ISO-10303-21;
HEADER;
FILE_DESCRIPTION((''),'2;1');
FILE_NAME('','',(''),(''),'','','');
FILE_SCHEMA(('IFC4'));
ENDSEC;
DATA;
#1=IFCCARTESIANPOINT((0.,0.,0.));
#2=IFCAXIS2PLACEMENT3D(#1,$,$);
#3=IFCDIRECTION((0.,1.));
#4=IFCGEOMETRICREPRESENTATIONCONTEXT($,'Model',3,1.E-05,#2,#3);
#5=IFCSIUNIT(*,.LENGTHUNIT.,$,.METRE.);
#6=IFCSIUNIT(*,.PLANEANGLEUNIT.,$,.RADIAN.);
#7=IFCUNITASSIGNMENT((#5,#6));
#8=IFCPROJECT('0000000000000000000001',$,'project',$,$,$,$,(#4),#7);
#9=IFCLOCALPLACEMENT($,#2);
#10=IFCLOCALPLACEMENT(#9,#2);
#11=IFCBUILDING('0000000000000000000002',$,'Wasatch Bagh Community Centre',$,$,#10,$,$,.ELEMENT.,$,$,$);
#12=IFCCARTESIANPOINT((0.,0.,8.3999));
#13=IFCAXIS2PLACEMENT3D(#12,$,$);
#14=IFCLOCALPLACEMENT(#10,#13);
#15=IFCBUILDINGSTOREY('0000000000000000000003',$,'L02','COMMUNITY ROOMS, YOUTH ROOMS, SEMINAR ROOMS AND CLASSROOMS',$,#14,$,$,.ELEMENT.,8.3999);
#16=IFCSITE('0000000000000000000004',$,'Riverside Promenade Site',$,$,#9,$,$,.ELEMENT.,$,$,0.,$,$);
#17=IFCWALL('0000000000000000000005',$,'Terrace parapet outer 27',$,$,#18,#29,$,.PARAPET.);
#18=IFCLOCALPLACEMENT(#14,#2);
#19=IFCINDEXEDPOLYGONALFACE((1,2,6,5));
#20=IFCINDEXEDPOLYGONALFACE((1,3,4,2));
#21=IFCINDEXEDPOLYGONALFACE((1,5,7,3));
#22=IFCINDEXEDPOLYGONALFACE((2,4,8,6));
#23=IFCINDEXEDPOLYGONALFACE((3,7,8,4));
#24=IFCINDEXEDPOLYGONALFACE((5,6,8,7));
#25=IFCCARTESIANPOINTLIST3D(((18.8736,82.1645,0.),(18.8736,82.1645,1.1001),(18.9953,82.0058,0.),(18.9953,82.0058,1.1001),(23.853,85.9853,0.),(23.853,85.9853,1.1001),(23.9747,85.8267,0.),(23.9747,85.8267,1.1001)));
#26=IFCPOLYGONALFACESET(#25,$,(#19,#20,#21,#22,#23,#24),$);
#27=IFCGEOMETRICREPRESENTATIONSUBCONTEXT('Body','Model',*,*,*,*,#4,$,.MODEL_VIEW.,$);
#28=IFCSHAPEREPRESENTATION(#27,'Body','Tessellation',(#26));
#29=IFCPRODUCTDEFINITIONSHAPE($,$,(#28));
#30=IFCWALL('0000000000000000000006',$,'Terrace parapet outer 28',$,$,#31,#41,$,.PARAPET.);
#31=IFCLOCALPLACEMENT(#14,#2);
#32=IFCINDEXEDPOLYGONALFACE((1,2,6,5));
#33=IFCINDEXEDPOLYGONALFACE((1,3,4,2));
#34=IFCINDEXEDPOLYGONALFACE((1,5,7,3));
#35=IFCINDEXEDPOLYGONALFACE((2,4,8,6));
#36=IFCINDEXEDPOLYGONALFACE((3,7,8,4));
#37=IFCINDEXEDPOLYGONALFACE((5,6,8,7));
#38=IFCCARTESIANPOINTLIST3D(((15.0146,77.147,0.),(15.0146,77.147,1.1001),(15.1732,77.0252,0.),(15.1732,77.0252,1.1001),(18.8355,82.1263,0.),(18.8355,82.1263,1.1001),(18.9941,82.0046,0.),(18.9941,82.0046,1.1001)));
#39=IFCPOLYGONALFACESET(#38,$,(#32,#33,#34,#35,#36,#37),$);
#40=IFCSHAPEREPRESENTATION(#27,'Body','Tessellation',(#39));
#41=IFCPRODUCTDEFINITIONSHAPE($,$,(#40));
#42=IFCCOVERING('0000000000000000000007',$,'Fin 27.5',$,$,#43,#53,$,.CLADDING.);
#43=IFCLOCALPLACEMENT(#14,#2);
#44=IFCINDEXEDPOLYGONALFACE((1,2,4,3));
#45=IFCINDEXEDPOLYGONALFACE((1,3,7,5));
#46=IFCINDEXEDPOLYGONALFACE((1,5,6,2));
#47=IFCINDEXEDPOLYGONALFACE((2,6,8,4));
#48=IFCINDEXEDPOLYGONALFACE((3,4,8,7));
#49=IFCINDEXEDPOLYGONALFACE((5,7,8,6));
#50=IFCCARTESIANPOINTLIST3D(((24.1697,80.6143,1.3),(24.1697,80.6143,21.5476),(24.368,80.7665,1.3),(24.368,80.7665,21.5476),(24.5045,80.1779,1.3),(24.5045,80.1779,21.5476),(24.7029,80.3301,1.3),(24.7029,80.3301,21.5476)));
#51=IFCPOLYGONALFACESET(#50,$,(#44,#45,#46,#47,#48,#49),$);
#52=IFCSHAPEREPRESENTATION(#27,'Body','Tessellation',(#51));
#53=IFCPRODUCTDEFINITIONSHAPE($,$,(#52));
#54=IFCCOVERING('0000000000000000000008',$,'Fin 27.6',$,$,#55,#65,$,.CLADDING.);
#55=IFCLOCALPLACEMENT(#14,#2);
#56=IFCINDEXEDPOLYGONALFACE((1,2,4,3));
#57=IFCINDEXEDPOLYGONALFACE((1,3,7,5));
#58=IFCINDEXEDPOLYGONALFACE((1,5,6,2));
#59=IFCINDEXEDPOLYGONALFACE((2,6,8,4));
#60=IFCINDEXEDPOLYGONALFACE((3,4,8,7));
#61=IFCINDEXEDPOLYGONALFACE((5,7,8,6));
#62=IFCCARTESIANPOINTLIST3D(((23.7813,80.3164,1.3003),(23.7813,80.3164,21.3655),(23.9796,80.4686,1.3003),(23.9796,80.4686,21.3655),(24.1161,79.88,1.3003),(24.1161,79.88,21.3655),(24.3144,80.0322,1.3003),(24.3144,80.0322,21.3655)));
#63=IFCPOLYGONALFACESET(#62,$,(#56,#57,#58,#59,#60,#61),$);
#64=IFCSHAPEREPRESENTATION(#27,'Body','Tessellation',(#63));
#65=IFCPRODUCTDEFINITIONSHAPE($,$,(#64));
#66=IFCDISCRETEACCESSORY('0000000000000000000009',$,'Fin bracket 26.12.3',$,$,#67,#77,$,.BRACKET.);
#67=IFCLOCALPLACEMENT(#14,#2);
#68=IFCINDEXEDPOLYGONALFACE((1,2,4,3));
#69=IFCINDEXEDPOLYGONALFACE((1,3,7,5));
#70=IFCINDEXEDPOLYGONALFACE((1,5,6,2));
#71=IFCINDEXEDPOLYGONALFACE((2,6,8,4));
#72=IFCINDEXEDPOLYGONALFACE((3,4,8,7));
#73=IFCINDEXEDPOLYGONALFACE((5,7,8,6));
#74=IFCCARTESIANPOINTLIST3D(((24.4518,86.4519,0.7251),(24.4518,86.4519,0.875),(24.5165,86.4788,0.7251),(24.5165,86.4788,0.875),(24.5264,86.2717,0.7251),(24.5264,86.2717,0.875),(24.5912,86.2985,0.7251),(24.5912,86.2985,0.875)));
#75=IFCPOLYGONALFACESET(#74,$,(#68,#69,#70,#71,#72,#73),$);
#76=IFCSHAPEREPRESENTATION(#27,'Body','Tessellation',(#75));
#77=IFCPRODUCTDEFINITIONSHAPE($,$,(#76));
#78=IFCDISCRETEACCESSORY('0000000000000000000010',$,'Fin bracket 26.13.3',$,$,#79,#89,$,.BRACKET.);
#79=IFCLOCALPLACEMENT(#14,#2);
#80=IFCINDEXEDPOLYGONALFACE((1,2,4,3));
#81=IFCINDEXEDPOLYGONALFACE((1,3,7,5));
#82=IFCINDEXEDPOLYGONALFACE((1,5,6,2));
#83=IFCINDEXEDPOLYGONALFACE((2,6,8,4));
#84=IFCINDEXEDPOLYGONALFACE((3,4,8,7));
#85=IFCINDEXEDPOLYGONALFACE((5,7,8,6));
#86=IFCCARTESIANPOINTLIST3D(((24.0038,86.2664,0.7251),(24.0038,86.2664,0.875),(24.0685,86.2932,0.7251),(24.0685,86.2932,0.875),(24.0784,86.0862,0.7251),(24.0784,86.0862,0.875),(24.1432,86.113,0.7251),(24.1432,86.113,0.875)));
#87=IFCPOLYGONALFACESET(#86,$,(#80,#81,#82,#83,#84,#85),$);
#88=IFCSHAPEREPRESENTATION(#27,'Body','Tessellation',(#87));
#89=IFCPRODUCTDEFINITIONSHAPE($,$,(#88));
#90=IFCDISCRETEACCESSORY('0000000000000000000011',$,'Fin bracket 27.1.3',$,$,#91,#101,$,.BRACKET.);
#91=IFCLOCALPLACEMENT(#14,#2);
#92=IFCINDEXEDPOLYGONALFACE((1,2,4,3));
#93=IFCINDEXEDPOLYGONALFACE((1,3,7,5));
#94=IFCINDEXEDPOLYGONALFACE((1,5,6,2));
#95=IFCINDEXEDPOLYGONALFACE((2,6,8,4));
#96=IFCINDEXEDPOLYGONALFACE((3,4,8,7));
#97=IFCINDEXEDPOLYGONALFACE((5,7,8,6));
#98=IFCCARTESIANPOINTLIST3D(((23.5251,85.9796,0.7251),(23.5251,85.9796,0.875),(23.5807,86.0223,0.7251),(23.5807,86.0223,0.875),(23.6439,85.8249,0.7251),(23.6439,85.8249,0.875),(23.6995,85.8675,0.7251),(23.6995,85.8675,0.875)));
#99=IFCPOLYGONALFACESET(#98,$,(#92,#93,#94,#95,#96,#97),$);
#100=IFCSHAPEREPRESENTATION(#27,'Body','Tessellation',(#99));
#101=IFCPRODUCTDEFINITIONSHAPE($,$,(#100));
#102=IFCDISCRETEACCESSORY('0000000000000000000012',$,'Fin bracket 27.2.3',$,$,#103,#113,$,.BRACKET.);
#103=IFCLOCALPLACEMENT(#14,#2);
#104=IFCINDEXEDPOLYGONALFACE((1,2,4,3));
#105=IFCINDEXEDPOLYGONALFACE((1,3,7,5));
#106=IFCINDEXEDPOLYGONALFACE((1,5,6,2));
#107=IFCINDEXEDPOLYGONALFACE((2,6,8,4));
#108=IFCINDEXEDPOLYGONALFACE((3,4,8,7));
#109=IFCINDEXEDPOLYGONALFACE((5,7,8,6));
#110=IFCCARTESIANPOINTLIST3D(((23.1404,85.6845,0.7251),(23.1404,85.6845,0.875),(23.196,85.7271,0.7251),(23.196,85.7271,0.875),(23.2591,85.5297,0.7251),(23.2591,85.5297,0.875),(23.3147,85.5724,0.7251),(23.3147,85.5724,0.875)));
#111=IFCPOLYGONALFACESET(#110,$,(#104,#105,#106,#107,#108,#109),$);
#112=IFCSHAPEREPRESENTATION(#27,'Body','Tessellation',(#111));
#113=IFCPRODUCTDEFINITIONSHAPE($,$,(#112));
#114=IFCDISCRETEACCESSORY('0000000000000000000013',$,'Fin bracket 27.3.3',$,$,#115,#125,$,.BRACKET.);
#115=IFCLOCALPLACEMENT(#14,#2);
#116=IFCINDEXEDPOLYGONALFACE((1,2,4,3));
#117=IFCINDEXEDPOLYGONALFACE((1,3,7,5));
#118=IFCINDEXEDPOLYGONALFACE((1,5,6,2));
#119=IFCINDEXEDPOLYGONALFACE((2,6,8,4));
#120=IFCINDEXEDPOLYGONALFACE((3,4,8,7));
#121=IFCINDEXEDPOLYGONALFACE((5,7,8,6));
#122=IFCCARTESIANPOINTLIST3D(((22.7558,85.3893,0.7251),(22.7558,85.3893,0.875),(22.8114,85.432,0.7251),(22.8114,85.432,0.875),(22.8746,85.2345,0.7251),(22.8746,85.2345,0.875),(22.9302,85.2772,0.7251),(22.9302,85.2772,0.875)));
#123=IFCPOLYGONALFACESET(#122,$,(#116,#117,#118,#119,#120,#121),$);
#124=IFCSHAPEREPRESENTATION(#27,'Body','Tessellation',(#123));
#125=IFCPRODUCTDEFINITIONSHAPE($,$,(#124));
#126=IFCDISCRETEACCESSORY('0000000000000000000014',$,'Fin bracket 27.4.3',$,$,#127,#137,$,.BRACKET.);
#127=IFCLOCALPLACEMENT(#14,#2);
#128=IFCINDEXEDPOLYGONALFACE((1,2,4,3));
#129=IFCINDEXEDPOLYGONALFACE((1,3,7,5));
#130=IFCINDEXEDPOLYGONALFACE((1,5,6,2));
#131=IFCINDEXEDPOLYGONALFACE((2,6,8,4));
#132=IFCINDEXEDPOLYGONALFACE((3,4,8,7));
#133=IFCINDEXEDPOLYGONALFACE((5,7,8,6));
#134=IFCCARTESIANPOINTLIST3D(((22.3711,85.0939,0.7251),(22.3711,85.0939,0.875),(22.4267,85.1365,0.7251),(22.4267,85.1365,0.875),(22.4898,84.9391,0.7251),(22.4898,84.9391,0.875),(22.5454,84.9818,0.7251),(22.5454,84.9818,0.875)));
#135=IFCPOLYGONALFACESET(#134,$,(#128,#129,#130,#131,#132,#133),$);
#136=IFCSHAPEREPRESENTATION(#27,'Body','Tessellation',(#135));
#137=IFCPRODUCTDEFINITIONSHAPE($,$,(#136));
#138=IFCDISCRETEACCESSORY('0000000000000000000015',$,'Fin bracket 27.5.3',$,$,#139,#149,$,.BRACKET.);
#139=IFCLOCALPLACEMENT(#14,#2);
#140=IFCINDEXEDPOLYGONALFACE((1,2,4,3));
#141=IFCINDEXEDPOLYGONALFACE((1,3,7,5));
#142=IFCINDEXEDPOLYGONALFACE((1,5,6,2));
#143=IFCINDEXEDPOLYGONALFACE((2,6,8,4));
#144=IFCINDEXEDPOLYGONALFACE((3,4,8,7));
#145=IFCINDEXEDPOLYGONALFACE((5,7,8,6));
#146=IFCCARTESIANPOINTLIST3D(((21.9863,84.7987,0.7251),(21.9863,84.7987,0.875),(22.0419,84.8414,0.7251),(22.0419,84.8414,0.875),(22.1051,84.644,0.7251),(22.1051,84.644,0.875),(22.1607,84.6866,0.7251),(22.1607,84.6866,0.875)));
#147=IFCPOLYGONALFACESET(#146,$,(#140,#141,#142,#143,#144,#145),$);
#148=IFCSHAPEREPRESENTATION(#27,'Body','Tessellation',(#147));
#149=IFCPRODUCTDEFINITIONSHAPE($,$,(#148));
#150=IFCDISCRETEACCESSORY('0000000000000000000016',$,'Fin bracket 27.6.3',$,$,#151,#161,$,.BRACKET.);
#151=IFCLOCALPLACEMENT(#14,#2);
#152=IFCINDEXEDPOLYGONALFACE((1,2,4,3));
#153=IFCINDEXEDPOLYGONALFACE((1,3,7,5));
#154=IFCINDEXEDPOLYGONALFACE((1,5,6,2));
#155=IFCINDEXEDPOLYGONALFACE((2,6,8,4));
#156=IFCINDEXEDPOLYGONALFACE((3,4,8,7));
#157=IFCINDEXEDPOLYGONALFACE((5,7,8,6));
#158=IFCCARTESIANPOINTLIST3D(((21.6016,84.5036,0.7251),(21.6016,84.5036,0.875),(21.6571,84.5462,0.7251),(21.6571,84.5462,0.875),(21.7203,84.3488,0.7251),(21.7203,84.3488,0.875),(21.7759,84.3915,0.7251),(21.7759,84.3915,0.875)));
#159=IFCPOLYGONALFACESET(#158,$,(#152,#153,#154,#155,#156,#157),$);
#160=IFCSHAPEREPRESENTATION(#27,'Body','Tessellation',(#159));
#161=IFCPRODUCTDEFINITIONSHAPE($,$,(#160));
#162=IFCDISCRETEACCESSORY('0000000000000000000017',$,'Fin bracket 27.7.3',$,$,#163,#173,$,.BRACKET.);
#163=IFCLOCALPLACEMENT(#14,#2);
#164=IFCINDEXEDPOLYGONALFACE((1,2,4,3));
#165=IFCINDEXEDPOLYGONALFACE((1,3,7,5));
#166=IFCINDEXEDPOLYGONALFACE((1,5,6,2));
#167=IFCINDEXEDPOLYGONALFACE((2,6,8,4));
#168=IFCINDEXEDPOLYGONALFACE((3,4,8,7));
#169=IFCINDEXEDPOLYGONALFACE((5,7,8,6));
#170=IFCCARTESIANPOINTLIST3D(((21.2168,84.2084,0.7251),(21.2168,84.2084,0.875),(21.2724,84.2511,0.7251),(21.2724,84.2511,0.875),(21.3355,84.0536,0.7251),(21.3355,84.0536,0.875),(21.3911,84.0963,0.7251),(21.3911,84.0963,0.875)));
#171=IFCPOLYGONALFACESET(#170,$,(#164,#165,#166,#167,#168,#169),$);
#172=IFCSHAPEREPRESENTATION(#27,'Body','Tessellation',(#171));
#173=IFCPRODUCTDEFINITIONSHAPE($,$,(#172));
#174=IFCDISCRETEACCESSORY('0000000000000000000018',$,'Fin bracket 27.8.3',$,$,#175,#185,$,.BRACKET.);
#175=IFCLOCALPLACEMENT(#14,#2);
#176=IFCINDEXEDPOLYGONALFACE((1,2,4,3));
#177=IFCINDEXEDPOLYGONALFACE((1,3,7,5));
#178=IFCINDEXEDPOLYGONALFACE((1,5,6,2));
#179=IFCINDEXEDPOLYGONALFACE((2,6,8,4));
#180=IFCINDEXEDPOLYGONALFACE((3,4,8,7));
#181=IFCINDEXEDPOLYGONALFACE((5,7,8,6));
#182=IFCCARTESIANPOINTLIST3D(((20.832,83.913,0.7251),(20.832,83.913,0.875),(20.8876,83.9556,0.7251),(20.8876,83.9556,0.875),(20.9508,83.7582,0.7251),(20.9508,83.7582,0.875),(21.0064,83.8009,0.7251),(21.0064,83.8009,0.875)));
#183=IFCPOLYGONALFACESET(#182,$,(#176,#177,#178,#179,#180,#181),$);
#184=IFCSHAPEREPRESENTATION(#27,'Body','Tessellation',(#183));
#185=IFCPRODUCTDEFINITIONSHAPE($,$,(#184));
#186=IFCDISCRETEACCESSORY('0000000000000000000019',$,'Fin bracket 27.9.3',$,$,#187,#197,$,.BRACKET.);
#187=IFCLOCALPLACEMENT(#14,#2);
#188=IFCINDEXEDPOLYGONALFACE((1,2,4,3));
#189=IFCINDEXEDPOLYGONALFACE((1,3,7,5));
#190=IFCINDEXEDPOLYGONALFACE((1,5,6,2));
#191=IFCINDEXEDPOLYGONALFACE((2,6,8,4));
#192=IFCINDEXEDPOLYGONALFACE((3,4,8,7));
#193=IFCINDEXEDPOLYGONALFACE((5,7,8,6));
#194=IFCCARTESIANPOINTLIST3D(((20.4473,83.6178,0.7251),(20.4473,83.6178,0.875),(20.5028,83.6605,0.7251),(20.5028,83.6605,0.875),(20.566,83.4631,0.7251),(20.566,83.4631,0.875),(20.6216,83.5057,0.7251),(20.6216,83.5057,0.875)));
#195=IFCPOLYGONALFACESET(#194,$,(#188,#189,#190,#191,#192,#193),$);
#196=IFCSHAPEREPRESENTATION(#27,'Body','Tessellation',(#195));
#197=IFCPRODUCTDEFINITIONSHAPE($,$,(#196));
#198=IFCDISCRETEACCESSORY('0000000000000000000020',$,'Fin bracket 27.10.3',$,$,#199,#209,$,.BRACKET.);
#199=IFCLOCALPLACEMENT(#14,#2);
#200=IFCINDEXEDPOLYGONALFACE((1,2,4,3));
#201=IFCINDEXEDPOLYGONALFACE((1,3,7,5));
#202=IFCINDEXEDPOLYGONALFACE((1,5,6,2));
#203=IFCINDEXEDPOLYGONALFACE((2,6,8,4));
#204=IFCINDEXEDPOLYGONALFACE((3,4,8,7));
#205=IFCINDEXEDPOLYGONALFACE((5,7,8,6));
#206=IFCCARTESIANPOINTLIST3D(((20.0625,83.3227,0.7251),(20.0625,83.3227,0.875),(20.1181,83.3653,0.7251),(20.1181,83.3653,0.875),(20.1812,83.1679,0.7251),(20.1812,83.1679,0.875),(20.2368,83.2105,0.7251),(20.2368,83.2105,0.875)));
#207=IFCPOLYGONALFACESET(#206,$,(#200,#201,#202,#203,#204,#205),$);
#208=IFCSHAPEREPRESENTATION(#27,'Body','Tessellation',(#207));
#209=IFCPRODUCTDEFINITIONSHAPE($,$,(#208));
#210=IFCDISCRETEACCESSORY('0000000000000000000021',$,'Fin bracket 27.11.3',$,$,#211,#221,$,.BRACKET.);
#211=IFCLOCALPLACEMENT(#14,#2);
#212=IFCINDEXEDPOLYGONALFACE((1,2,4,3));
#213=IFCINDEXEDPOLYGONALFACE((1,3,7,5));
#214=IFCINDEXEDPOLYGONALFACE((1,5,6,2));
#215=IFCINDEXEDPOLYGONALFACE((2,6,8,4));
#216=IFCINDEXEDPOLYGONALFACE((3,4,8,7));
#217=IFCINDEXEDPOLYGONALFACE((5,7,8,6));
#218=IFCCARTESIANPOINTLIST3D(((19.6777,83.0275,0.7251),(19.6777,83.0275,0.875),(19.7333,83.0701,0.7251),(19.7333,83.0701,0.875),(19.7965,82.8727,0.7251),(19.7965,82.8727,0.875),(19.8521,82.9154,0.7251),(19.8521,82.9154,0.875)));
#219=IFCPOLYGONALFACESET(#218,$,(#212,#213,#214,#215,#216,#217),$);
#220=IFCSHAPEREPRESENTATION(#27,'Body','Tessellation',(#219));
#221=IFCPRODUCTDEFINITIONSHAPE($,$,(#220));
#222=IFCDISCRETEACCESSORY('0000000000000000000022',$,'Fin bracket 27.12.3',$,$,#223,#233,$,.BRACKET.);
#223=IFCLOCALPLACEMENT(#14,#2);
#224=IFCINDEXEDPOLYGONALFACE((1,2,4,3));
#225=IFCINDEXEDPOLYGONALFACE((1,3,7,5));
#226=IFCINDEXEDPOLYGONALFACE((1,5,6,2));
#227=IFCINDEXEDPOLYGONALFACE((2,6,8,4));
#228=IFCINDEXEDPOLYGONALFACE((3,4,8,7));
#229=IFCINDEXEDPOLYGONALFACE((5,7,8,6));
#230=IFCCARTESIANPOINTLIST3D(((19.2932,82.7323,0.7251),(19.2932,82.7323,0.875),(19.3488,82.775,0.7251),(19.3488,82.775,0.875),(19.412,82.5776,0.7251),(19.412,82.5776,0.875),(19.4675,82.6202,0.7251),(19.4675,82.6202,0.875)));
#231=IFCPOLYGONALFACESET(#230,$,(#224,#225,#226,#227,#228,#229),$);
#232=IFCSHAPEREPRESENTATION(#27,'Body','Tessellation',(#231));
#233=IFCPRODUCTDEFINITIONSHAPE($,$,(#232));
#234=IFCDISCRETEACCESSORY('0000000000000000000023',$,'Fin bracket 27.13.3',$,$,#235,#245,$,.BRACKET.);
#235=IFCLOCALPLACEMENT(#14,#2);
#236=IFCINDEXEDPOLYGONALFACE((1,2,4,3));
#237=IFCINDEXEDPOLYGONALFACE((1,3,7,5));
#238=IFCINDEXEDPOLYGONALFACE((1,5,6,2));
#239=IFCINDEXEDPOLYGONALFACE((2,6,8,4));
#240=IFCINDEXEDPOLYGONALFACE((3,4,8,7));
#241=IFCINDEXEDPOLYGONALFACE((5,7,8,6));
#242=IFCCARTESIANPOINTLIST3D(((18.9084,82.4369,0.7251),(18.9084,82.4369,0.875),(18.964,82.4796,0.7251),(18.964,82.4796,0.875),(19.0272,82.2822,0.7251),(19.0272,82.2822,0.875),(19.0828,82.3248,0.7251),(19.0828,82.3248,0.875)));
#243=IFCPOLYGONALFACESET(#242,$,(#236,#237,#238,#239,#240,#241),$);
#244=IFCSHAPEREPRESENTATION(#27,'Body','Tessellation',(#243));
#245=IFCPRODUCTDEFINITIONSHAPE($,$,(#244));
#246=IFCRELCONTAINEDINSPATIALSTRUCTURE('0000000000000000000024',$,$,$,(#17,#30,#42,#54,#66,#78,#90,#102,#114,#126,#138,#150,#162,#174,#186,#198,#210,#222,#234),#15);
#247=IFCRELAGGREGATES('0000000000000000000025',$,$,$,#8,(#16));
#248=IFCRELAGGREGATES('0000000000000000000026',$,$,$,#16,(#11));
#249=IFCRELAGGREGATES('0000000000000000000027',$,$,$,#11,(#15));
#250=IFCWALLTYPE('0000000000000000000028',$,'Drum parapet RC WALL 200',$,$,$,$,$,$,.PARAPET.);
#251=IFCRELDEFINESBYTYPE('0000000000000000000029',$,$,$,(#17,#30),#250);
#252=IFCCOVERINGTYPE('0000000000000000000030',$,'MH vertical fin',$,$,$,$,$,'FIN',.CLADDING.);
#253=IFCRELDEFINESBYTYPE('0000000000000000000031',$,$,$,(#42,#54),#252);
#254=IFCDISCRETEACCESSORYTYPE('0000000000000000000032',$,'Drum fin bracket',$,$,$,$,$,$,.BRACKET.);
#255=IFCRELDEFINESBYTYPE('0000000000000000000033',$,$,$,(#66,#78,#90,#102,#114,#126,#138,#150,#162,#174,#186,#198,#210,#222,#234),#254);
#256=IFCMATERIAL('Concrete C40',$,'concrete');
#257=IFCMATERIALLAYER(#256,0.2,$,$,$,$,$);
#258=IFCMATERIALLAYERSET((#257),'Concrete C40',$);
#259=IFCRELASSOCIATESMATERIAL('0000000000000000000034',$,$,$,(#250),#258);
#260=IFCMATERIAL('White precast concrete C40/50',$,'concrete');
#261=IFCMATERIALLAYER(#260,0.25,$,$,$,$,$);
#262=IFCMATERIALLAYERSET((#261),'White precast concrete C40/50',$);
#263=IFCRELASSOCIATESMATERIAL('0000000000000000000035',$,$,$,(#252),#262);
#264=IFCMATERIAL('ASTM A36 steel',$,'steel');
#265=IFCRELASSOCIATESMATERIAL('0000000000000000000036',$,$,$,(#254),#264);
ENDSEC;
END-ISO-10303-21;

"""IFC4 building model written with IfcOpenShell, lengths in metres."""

from ifc_helpers import new_model, si_unit, direction, frame, frame_2d, origin, origin_2d, place, context, subcontext, project, spatial, rectangle, extrude, material, layer, layer_set, type_object, element, save


model = new_model("IFC4")

# Units and contexts
model_context = context("Model", 3, precision=1e-05, world=origin(), true_north=direction((0.0, 1.0)))
body_context = subcontext(model_context, "Body", "Model", "MODEL_VIEW")
ifc_project = project(units=[si_unit("LENGTHUNIT", "METRE"), si_unit("PLANEANGLEUNIT", "RADIAN")], contexts=[model_context])

# Site, building, storey
site_placement = place(None, origin())
site = spatial("IfcSite", under=ifc_project, at=site_placement, Name="Riverside Promenade Site", CompositionType="ELEMENT", RefElevation=0.0)
building_placement = place(site_placement, origin())
building = spatial("IfcBuilding", under=site, at=building_placement, Name="Wasatch Bagh Community Centre", CompositionType="ELEMENT")
storey_placement = place(building_placement, frame((0.0, 0.0, 8.3999)))
storey = spatial("IfcBuildingStorey", under=building, at=storey_placement, Name="L02", Description="COMMUNITY ROOMS, YOUTH ROOMS, SEMINAR ROOMS AND CLASSROOMS", CompositionType="ELEMENT", Elevation=8.3999)

# Walls
ifc_material_1 = material(Name="Concrete C40", Category="concrete")
ifc_layer_1 = layer(ifc_material_1, 0.2)
ifc_layer_set_1 = layer_set([ifc_layer_1], Name="Concrete C40")
wall_type = type_object("IfcWallType", Name="Drum parapet RC WALL 200", PredefinedType="PARAPET", material=ifc_layer_set_1)
for number, where, z_axis, x_axis, name in (
    (1, (23.9138, 85.906, 0.0), (0.0, 0.0, 1.0), (-0.793346, -0.60877, 0.0), "Terrace parapet outer 27"),
    (2, (18.9148, 82.0654, 0.0), (0.0, 0.0, 1.0), (-0.60877, -0.793346, 0.0), "Terrace parapet outer 28"),
):
    element("IfcWall", number, at=place(storey_placement, frame(where, z_axis=z_axis, x_axis=x_axis)), inside=storey, type_object=wall_type, Name=name, PredefinedType="PARAPET", context=body_context, shape_type="SweptSolid", body=[
        extrude(rectangle(XDim=6.2764, YDim=0.2, at=frame_2d((3.1382, 0.0))), origin(), (0.0, 0.0, 1.0), 1.1001),
    ])

# Coverings
ifc_material_2 = material(Name="White precast concrete C40/50", Category="concrete")
ifc_layer_2 = layer(ifc_material_2, 0.25)
ifc_layer_set_2 = layer_set([ifc_layer_2], Name="White precast concrete C40/50")
covering_type = type_object("IfcCoveringType", Name="MH vertical fin", ElementType="FIN", PredefinedType="CLADDING", material=ifc_layer_set_2)
covering_1_placement = place(storey_placement, frame((24.4363, 80.4722, 1.3), z_axis=(0.0, 0.0, 1.0), x_axis=(-0.793353, -0.608761, 0.0)))
element("IfcCovering", 3, at=covering_1_placement, inside=storey, type_object=covering_type, Name="Fin 27.5", PredefinedType="CLADDING", context=body_context, shape_type="SweptSolid", body=[
    extrude(rectangle(XDim=0.25, YDim=0.55, at=origin_2d()), origin(), (0.0, 0.0, 1.0), 20.2476),
])
covering_2_placement = place(storey_placement, frame((24.0479, 80.1743, 1.3003), z_axis=(0.0, 0.0, 1.0), x_axis=(-0.793353, -0.608761, 0.0)))
element("IfcCovering", 4, at=covering_2_placement, inside=storey, type_object=covering_type, Name="Fin 27.6", PredefinedType="CLADDING", context=body_context, shape_type="SweptSolid", body=[
    extrude(rectangle(XDim=0.25, YDim=0.55, at=origin_2d()), origin(), (0.0, 0.0, 1.0), 20.0652),
])

# Discrete accessories
ifc_material_3 = material(Name="ASTM A36 steel", Category="steel")
discrete_accessory_type = type_object("IfcDiscreteAccessoryType", Name="Drum fin bracket", PredefinedType="BRACKET", material=ifc_material_3)
for number, where, z_axis, x_axis, name in (
    (5, (24.5215, 86.3752, 0.7251), (0.0, 0.0, 1.0), (-0.92388, -0.382683, 0.0), "Fin bracket 26.12.3"),
    (6, (24.0735, 86.1897, 0.7251), (0.0, 0.0, 1.0), (-0.92388, -0.382683, 0.0), "Fin bracket 26.13.3"),
    (7, (23.6123, 85.9236, 0.7251), (0.0, 0.0, 1.0), (-0.793353, -0.608761, 0.0), "Fin bracket 27.1.3"),
    (8, (23.2275, 85.6284, 0.7251), (0.0, 0.0, 1.0), (-0.793353, -0.608761, 0.0), "Fin bracket 27.2.3"),
    (9, (22.843, 85.3333, 0.7251), (0.0, 0.0, 1.0), (-0.793353, -0.608761, 0.0), "Fin bracket 27.3.3"),
    (10, (22.4583, 85.0378, 0.7251), (0.0, 0.0, 1.0), (-0.793353, -0.608761, 0.0), "Fin bracket 27.4.3"),
    (11, (22.0735, 84.7427, 0.7251), (0.0, 0.0, 1.0), (-0.793353, -0.608761, 0.0), "Fin bracket 27.5.3"),
    (12, (21.6887, 84.4475, 0.7251), (0.0, 0.0, 1.0), (-0.793353, -0.608761, 0.0), "Fin bracket 27.6.3"),
    (13, (21.304, 84.1523, 0.7251), (0.0, 0.0, 1.0), (-0.793353, -0.608761, 0.0), "Fin bracket 27.7.3"),
    (14, (20.9192, 83.8569, 0.7251), (0.0, 0.0, 1.0), (-0.793353, -0.608761, 0.0), "Fin bracket 27.8.3"),
    (15, (20.5344, 83.5618, 0.7251), (0.0, 0.0, 1.0), (-0.793353, -0.608761, 0.0), "Fin bracket 27.9.3"),
    (16, (20.1497, 83.2666, 0.7251), (0.0, 0.0, 1.0), (-0.793353, -0.608761, 0.0), "Fin bracket 27.10.3"),
    (17, (19.7649, 82.9714, 0.7251), (0.0, 0.0, 1.0), (-0.793353, -0.608761, 0.0), "Fin bracket 27.11.3"),
    (18, (19.3804, 82.6763, 0.7251), (0.0, 0.0, 1.0), (-0.793353, -0.608761, 0.0), "Fin bracket 27.12.3"),
    (19, (18.9956, 82.3809, 0.7251), (0.0, 0.0, 1.0), (-0.793353, -0.608761, 0.0), "Fin bracket 27.13.3"),
):
    element("IfcDiscreteAccessory", number, at=place(storey_placement, frame(where, z_axis=z_axis, x_axis=x_axis)), inside=storey, type_object=discrete_accessory_type, Name=name, PredefinedType="BRACKET", context=body_context, shape_type="SweptSolid", body=[
        extrude(rectangle(XDim=0.0701, YDim=0.1951, at=origin_2d()), origin(), (0.0, 0.0, 1.0), 0.1499),
    ])

save(model, "model.ifc")
